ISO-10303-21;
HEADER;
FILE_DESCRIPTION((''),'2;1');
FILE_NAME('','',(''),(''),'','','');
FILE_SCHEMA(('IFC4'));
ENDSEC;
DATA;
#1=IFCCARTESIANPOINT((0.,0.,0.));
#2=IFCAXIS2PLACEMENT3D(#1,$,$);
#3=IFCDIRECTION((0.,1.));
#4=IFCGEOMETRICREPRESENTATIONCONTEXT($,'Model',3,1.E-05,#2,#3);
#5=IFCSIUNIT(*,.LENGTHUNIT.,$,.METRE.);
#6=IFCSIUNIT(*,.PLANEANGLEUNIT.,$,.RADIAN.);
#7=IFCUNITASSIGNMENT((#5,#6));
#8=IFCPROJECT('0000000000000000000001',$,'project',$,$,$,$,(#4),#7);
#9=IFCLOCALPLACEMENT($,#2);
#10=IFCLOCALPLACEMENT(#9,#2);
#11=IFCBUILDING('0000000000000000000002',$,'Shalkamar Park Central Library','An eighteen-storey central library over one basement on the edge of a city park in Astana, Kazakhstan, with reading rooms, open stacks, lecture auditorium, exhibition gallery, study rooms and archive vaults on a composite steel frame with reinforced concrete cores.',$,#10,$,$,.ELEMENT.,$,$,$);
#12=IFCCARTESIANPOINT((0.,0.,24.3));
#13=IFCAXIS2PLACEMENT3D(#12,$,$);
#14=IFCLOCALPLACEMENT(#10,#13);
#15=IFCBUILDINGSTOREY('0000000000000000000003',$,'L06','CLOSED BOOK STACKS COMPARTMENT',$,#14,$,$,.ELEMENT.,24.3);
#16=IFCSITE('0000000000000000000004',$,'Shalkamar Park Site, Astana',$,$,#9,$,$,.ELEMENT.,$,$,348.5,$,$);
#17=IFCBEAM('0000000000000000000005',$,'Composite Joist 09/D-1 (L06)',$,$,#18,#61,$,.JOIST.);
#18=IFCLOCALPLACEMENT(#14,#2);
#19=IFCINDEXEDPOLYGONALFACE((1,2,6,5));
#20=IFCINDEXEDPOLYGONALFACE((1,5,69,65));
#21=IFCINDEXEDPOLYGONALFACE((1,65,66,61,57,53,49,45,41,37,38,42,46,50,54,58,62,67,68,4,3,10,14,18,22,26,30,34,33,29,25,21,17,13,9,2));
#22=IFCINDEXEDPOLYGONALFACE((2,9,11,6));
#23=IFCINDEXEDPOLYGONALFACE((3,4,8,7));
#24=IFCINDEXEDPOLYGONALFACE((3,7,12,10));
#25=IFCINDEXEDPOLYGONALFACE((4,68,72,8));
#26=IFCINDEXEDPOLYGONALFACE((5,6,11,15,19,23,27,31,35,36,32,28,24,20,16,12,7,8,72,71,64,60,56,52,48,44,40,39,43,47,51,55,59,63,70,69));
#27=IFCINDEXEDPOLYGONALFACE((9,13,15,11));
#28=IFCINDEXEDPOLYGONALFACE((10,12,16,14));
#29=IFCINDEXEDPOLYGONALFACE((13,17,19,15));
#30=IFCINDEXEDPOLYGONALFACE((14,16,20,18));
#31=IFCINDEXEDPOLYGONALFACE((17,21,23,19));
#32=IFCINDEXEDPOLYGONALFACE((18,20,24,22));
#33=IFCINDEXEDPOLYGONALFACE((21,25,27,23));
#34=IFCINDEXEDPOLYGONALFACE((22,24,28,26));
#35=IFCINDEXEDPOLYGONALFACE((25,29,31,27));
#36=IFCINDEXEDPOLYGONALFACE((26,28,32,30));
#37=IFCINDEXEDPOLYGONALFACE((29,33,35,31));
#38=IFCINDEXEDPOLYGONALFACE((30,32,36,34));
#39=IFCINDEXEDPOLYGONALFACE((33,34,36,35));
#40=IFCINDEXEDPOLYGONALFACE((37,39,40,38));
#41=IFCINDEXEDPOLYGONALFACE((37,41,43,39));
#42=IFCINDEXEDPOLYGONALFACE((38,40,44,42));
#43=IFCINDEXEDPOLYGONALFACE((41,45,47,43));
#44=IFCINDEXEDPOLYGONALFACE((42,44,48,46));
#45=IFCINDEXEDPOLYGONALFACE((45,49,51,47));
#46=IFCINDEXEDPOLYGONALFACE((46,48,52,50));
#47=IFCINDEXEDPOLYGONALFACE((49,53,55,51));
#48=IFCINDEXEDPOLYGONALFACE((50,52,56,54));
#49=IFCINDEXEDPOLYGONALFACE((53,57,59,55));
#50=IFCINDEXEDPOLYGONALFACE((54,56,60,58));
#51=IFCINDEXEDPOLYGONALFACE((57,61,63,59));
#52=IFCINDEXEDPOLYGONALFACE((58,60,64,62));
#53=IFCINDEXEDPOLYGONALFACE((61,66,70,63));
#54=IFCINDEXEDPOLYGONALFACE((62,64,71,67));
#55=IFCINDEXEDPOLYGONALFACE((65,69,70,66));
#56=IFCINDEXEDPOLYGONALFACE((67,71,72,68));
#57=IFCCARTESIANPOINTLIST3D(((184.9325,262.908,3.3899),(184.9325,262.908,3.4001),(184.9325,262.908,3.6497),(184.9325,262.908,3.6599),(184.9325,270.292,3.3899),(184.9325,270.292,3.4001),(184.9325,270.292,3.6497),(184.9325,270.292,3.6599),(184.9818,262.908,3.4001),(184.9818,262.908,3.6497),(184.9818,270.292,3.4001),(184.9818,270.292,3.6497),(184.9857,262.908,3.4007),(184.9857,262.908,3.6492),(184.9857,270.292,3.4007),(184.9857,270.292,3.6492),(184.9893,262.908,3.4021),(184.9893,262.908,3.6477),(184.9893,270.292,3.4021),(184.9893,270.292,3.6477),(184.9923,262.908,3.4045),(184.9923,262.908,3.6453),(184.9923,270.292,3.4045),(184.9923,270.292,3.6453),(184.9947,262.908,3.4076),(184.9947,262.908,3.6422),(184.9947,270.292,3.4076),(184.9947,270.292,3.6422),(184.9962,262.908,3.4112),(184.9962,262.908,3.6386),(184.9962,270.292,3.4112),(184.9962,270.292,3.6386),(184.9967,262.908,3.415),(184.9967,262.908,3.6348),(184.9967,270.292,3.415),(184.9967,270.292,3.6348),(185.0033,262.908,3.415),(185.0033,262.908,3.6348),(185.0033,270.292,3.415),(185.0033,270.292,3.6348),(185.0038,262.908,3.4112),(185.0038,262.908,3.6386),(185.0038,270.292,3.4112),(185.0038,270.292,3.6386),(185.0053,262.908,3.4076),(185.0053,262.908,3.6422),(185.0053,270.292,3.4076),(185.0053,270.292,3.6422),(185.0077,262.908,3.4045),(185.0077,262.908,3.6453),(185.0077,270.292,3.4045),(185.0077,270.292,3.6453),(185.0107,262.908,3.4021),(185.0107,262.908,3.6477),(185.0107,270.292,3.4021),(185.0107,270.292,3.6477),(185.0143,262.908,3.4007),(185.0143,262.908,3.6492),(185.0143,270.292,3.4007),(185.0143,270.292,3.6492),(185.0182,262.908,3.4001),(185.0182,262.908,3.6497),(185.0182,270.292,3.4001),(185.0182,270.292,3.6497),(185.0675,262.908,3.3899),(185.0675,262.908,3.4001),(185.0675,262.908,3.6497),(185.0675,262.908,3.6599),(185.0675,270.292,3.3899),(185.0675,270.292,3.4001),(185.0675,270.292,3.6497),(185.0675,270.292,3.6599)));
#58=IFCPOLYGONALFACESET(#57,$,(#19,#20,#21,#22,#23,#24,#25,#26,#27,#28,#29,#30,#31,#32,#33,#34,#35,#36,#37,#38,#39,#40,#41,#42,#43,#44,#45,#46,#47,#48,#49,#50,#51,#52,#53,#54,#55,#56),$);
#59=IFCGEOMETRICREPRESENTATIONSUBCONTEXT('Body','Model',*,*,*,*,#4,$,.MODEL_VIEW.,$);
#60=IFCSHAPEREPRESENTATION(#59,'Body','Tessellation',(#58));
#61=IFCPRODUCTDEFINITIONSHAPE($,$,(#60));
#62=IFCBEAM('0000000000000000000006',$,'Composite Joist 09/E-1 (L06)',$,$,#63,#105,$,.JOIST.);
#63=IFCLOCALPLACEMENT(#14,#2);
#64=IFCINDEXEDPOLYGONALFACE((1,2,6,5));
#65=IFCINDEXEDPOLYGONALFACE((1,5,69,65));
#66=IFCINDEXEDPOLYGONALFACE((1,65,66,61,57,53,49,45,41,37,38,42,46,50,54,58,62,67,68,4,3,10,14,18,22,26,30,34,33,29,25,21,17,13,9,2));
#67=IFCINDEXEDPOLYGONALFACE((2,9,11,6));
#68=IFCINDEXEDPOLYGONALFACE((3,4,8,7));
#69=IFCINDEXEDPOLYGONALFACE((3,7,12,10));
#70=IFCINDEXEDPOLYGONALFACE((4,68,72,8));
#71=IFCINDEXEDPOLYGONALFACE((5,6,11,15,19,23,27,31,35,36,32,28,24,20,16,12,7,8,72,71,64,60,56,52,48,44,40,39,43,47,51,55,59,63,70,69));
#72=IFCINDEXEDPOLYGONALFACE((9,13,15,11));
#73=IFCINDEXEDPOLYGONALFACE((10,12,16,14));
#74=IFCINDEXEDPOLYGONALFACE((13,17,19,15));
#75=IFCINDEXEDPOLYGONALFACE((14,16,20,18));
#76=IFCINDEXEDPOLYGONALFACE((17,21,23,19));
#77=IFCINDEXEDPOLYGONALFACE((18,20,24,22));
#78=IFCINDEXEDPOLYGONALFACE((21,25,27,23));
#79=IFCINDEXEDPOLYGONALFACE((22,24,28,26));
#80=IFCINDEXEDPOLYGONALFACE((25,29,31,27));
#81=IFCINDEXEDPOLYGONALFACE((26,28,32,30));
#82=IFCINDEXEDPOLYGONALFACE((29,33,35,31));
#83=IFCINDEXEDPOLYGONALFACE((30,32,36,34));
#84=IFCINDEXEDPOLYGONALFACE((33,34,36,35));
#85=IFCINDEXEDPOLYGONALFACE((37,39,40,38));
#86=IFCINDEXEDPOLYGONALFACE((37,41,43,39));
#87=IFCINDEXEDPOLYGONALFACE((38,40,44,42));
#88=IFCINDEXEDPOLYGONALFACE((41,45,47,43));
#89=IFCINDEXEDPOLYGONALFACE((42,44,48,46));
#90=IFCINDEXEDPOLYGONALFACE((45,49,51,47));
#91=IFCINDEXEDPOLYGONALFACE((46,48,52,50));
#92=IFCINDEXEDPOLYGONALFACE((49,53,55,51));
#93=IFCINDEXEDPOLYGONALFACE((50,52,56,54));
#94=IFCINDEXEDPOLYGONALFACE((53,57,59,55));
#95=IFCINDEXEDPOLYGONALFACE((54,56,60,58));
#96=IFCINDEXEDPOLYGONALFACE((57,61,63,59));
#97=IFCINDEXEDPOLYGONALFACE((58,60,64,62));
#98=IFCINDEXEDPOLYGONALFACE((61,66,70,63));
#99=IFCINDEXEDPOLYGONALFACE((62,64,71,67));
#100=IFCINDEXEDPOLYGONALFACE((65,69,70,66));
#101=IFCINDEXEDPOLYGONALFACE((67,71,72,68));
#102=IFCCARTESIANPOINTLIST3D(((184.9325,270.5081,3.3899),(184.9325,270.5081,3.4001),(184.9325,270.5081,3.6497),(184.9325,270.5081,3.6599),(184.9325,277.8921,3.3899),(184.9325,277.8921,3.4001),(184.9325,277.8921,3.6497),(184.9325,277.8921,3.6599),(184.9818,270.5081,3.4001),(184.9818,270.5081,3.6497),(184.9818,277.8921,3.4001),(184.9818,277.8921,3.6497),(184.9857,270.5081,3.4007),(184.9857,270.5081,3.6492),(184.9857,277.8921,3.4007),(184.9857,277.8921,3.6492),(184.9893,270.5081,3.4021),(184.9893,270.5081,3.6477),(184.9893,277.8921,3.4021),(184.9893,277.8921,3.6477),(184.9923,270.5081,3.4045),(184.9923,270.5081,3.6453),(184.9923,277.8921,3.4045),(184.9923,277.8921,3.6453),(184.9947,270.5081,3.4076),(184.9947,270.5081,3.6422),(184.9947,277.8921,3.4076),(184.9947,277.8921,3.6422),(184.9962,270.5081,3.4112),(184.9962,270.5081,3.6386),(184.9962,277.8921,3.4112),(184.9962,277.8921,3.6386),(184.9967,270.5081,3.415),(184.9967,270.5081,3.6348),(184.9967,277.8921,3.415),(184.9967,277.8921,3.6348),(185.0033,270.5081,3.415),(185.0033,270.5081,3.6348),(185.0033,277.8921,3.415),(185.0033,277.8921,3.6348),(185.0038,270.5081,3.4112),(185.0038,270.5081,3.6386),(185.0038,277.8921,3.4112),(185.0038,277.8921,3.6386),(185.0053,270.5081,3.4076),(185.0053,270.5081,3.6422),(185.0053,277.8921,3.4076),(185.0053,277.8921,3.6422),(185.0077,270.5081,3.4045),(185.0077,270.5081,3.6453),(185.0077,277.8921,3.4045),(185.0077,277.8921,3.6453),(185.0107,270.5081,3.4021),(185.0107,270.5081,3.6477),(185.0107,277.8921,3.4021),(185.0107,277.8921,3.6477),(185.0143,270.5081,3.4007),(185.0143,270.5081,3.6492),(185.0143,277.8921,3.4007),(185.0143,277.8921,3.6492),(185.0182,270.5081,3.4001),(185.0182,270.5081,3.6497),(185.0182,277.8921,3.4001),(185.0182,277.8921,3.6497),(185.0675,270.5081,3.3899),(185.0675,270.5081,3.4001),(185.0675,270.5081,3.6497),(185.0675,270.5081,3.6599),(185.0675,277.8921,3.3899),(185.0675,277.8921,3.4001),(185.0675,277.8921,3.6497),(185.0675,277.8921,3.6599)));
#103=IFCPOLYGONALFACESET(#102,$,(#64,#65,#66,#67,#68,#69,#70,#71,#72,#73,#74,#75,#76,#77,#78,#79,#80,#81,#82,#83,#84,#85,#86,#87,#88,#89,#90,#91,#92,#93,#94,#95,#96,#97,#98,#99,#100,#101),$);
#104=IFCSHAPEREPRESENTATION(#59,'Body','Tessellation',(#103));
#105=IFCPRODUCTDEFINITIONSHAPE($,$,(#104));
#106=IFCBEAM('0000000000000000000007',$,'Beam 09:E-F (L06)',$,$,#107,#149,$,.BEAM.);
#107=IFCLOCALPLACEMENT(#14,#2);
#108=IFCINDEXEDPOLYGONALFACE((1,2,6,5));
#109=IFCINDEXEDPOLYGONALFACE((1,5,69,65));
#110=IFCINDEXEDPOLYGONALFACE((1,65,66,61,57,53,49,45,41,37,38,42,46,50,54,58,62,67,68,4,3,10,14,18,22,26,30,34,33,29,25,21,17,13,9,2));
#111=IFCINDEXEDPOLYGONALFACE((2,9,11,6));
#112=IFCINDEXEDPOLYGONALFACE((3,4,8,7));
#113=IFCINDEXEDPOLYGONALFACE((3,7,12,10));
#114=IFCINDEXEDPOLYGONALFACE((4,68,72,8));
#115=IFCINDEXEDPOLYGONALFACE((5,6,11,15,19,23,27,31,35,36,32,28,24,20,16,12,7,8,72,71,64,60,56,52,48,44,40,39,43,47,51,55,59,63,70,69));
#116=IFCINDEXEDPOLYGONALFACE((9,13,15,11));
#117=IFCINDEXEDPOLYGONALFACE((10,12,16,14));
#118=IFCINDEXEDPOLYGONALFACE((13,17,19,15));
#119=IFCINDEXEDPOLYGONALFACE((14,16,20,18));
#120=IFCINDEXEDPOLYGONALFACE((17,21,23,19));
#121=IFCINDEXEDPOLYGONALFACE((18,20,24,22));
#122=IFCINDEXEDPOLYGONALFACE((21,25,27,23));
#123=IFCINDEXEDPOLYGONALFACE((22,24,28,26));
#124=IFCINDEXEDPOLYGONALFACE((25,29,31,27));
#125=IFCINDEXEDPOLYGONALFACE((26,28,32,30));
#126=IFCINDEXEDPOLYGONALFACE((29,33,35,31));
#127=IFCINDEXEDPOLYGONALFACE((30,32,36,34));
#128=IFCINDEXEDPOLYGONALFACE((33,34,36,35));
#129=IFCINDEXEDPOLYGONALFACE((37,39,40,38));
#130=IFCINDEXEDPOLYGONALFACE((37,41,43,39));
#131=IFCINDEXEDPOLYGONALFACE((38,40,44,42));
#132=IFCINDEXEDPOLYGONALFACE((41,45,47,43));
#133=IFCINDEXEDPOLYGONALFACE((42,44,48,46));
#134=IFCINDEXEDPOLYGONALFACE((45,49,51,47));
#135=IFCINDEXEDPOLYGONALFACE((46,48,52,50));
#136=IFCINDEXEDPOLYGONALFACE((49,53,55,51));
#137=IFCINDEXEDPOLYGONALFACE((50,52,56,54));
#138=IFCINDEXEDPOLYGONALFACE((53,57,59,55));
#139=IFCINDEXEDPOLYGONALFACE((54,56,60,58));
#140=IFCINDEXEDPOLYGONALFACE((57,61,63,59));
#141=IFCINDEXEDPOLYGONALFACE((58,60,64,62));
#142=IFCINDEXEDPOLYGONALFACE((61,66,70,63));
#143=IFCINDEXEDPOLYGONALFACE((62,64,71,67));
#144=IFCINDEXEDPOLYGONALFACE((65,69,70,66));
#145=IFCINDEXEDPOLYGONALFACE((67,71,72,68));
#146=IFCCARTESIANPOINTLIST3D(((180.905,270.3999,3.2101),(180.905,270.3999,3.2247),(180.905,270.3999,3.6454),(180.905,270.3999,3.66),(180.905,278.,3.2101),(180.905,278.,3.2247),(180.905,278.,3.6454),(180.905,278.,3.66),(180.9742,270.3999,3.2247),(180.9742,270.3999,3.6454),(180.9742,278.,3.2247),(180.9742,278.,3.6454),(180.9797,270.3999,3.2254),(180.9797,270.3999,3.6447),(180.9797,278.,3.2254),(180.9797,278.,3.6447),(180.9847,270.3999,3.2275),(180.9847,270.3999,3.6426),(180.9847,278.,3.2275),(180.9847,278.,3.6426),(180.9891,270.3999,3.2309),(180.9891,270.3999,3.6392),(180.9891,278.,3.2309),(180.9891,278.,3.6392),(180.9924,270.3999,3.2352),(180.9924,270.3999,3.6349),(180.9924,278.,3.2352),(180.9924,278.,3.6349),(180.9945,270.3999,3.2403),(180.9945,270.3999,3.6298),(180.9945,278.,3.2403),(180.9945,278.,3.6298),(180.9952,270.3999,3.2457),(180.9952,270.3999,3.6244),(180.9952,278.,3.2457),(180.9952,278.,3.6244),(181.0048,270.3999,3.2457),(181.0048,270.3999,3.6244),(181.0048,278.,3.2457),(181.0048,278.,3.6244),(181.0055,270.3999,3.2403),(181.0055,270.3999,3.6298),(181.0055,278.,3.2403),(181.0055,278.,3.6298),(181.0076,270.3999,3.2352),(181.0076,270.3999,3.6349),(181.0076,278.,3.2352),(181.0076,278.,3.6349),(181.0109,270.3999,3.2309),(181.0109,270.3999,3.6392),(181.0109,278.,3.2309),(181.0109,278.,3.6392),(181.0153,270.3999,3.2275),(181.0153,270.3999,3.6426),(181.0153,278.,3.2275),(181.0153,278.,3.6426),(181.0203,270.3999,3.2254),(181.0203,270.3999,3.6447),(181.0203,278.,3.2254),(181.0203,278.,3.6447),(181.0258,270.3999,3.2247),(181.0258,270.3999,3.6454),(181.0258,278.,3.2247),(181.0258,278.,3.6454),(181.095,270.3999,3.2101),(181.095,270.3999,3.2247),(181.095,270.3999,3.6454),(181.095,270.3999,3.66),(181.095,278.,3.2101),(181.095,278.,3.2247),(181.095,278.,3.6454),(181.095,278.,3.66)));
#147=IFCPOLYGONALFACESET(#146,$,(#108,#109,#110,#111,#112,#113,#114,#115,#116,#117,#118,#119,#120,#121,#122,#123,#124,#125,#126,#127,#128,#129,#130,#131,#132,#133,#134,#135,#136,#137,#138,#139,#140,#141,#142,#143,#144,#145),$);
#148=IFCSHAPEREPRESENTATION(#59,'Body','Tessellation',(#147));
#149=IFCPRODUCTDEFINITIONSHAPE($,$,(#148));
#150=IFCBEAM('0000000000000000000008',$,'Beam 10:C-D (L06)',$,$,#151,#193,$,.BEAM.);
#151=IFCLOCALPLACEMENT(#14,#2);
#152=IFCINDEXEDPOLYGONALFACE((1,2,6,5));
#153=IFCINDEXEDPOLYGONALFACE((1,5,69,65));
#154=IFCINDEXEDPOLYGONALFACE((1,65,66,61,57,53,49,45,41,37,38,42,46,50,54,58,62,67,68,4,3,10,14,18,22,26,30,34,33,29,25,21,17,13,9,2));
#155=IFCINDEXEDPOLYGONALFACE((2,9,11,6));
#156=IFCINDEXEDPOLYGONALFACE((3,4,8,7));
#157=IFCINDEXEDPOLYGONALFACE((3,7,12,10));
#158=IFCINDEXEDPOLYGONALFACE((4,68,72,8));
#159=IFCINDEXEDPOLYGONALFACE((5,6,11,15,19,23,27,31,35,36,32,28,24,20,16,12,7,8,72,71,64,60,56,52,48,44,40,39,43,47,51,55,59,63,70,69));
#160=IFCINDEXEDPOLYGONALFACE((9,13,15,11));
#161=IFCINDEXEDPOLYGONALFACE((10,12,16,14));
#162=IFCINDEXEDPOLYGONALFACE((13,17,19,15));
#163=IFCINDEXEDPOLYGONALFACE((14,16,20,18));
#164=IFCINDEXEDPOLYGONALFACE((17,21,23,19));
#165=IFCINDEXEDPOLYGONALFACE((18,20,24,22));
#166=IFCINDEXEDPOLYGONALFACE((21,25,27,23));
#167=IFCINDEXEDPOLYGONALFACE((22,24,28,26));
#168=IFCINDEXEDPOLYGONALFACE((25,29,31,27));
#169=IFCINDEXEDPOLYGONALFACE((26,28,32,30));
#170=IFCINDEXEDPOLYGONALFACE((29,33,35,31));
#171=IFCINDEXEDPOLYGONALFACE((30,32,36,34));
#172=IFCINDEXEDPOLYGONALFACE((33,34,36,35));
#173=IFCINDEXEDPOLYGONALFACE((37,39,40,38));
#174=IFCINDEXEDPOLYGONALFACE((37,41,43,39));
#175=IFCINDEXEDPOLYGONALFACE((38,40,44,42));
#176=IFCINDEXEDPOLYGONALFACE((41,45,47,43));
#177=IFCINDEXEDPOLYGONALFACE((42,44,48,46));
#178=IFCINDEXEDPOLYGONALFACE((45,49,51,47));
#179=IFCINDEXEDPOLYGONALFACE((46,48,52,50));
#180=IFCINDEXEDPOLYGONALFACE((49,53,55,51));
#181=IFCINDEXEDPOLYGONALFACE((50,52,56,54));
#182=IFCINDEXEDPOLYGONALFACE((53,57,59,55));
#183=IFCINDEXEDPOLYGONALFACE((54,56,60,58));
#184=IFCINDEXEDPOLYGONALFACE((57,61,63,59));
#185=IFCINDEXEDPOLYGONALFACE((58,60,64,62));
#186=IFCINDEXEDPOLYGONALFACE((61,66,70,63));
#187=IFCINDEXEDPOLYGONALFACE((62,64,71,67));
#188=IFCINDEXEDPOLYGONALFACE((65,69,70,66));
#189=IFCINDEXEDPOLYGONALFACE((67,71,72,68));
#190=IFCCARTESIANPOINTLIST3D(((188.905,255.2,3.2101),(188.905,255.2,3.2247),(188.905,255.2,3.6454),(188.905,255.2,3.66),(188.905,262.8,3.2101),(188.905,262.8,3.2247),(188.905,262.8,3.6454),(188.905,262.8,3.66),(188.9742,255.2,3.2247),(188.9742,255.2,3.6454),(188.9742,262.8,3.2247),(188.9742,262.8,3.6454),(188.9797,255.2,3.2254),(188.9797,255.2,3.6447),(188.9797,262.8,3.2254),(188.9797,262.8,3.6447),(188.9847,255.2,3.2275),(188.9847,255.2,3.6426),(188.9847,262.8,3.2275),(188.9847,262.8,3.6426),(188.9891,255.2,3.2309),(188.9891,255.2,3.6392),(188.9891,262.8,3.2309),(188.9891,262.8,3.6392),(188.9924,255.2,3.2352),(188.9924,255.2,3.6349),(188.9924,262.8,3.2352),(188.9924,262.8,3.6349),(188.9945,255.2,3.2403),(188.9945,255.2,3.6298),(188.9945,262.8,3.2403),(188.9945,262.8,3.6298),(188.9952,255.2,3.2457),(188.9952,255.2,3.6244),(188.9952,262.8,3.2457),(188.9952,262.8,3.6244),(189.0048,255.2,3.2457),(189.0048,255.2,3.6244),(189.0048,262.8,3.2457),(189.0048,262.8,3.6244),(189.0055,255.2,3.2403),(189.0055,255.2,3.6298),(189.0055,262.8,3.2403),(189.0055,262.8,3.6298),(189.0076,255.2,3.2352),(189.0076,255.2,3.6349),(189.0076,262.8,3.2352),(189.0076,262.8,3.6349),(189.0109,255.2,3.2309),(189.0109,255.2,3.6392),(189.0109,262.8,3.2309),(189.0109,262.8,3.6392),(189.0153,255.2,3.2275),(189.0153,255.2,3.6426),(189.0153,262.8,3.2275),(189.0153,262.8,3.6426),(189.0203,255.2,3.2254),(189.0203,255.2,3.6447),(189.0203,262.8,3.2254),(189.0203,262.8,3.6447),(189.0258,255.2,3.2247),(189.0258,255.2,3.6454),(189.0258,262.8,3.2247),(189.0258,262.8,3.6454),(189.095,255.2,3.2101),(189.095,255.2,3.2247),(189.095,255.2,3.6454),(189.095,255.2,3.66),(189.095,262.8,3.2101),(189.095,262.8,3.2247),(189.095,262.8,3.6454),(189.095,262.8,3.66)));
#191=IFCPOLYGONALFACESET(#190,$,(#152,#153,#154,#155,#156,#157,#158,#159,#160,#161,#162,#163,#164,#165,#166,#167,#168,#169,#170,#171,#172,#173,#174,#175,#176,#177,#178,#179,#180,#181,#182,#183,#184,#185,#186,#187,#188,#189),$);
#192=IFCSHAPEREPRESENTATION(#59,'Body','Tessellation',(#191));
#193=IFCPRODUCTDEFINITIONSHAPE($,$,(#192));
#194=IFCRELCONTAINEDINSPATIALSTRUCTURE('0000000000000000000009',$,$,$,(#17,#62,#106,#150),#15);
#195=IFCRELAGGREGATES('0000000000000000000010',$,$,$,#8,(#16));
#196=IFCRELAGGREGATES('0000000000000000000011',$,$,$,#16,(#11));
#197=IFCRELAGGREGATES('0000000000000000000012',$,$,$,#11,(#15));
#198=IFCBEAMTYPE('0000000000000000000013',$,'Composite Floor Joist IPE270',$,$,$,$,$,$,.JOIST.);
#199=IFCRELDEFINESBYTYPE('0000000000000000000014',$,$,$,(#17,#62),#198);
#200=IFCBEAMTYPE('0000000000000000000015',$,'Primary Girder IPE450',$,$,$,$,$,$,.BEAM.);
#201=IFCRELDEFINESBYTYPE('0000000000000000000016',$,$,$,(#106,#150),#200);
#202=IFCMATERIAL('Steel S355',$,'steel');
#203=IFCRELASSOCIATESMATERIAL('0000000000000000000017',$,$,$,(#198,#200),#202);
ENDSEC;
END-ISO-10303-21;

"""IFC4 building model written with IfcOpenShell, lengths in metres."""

from ifc_helpers import new_model, si_unit, direction, frame, origin, origin_2d, place, context, subcontext, project, spatial, i_section, extrude, material, material_profile, profile_set, type_object, element, save


model = new_model("IFC4")

# Units and contexts
model_context = context("Model", 3, precision=1e-05, world=origin(), true_north=direction((0.0, 1.0)))
body_context = subcontext(model_context, "Body", "Model", "MODEL_VIEW")
ifc_project = project(units=[si_unit("LENGTHUNIT", "METRE"), si_unit("PLANEANGLEUNIT", "RADIAN")], contexts=[model_context])

# Site, building, storey
site_placement = place(None, origin())
site = spatial("IfcSite", under=ifc_project, at=site_placement, Name="Shalkamar Park Site, Astana", CompositionType="ELEMENT", RefElevation=348.5)
building_placement = place(site_placement, origin())
building = spatial("IfcBuilding", under=site, at=building_placement, Name="Shalkamar Park Central Library", Description="An eighteen-storey central library over one basement on the edge of a city park in Astana, Kazakhstan, with reading rooms, open stacks, lecture auditorium, exhibition gallery, study rooms and archive vaults on a composite steel frame with reinforced concrete cores.", CompositionType="ELEMENT")
storey_placement = place(building_placement, frame((0.0, 0.0, 24.3)))
storey = spatial("IfcBuildingStorey", under=building, at=storey_placement, Name="L06", Description="CLOSED BOOK STACKS COMPARTMENT", CompositionType="ELEMENT", Elevation=24.3)

# Shared definitions
ifc_material_1 = material(Name="Steel S355", Category="steel")

# Beams
ifc_material_profile_1 = material_profile(ifc_material_1, i_section(OverallWidth=0.135, OverallDepth=0.27, WebThickness=0.0066, FlangeThickness=0.0103, FilletRadius=0.0149, at=origin_2d()), Name="IPE 270")
ifc_profile_set_1 = profile_set([ifc_material_profile_1], Name="Steel S355")
beam_type_1 = type_object("IfcBeamType", Name="Composite Floor Joist IPE270", PredefinedType="JOIST", material=ifc_profile_set_1)
for number, where, z_axis, x_axis, name in (
    (1, (185.0, 262.908, 3.5249), (0.0, 1.0, 0.0), (-1.0, 0.0, 0.0), "Composite Joist 09/D-1 (L06)"),
    (2, (185.0, 270.5081, 3.5249), (0.0, 1.0, 0.0), (-1.0, 0.0, 0.0), "Composite Joist 09/E-1 (L06)"),
):
    element("IfcBeam", number, at=place(storey_placement, frame(where, z_axis=z_axis, x_axis=x_axis)), inside=storey, type_object=beam_type_1, Name=name, PredefinedType="JOIST", context=body_context, shape_type="SweptSolid", body=[
        extrude(i_section(OverallWidth=0.135, OverallDepth=0.27, WebThickness=0.0066, FlangeThickness=0.0103, FilletRadius=0.0149, at=origin_2d()), origin(), (0.0, 0.0, 1.0), 7.384),
    ])
ifc_material_profile_2 = material_profile(ifc_material_1, i_section(OverallWidth=0.1899, OverallDepth=0.45, WebThickness=0.0095, FlangeThickness=0.0146, FilletRadius=0.021, at=origin_2d()), Name="IPE 450")
ifc_profile_set_2 = profile_set([ifc_material_profile_2], Name="Steel S355")
beam_type_2 = type_object("IfcBeamType", Name="Primary Girder IPE450", PredefinedType="BEAM", material=ifc_profile_set_2)
for number, where, z_axis, x_axis, name in (
    (3, (181.0, 270.3999, 3.4351), (0.0, 1.0, 0.0), (-1.0, 0.0, 0.0), "Beam 09:E-F (L06)"),
    (4, (189.0, 255.2, 3.4351), (0.0, 1.0, 0.0), (-1.0, 0.0, 0.0), "Beam 10:C-D (L06)"),
):
    element("IfcBeam", number, at=place(storey_placement, frame(where, z_axis=z_axis, x_axis=x_axis)), inside=storey, type_object=beam_type_2, Name=name, PredefinedType="BEAM", context=body_context, shape_type="SweptSolid", body=[
        extrude(i_section(OverallWidth=0.1899, OverallDepth=0.45, WebThickness=0.0095, FlangeThickness=0.0146, FilletRadius=0.021, at=origin_2d()), origin(), (0.0, 0.0, 1.0), 7.6001),
    ])

save(model, "model.ifc")
